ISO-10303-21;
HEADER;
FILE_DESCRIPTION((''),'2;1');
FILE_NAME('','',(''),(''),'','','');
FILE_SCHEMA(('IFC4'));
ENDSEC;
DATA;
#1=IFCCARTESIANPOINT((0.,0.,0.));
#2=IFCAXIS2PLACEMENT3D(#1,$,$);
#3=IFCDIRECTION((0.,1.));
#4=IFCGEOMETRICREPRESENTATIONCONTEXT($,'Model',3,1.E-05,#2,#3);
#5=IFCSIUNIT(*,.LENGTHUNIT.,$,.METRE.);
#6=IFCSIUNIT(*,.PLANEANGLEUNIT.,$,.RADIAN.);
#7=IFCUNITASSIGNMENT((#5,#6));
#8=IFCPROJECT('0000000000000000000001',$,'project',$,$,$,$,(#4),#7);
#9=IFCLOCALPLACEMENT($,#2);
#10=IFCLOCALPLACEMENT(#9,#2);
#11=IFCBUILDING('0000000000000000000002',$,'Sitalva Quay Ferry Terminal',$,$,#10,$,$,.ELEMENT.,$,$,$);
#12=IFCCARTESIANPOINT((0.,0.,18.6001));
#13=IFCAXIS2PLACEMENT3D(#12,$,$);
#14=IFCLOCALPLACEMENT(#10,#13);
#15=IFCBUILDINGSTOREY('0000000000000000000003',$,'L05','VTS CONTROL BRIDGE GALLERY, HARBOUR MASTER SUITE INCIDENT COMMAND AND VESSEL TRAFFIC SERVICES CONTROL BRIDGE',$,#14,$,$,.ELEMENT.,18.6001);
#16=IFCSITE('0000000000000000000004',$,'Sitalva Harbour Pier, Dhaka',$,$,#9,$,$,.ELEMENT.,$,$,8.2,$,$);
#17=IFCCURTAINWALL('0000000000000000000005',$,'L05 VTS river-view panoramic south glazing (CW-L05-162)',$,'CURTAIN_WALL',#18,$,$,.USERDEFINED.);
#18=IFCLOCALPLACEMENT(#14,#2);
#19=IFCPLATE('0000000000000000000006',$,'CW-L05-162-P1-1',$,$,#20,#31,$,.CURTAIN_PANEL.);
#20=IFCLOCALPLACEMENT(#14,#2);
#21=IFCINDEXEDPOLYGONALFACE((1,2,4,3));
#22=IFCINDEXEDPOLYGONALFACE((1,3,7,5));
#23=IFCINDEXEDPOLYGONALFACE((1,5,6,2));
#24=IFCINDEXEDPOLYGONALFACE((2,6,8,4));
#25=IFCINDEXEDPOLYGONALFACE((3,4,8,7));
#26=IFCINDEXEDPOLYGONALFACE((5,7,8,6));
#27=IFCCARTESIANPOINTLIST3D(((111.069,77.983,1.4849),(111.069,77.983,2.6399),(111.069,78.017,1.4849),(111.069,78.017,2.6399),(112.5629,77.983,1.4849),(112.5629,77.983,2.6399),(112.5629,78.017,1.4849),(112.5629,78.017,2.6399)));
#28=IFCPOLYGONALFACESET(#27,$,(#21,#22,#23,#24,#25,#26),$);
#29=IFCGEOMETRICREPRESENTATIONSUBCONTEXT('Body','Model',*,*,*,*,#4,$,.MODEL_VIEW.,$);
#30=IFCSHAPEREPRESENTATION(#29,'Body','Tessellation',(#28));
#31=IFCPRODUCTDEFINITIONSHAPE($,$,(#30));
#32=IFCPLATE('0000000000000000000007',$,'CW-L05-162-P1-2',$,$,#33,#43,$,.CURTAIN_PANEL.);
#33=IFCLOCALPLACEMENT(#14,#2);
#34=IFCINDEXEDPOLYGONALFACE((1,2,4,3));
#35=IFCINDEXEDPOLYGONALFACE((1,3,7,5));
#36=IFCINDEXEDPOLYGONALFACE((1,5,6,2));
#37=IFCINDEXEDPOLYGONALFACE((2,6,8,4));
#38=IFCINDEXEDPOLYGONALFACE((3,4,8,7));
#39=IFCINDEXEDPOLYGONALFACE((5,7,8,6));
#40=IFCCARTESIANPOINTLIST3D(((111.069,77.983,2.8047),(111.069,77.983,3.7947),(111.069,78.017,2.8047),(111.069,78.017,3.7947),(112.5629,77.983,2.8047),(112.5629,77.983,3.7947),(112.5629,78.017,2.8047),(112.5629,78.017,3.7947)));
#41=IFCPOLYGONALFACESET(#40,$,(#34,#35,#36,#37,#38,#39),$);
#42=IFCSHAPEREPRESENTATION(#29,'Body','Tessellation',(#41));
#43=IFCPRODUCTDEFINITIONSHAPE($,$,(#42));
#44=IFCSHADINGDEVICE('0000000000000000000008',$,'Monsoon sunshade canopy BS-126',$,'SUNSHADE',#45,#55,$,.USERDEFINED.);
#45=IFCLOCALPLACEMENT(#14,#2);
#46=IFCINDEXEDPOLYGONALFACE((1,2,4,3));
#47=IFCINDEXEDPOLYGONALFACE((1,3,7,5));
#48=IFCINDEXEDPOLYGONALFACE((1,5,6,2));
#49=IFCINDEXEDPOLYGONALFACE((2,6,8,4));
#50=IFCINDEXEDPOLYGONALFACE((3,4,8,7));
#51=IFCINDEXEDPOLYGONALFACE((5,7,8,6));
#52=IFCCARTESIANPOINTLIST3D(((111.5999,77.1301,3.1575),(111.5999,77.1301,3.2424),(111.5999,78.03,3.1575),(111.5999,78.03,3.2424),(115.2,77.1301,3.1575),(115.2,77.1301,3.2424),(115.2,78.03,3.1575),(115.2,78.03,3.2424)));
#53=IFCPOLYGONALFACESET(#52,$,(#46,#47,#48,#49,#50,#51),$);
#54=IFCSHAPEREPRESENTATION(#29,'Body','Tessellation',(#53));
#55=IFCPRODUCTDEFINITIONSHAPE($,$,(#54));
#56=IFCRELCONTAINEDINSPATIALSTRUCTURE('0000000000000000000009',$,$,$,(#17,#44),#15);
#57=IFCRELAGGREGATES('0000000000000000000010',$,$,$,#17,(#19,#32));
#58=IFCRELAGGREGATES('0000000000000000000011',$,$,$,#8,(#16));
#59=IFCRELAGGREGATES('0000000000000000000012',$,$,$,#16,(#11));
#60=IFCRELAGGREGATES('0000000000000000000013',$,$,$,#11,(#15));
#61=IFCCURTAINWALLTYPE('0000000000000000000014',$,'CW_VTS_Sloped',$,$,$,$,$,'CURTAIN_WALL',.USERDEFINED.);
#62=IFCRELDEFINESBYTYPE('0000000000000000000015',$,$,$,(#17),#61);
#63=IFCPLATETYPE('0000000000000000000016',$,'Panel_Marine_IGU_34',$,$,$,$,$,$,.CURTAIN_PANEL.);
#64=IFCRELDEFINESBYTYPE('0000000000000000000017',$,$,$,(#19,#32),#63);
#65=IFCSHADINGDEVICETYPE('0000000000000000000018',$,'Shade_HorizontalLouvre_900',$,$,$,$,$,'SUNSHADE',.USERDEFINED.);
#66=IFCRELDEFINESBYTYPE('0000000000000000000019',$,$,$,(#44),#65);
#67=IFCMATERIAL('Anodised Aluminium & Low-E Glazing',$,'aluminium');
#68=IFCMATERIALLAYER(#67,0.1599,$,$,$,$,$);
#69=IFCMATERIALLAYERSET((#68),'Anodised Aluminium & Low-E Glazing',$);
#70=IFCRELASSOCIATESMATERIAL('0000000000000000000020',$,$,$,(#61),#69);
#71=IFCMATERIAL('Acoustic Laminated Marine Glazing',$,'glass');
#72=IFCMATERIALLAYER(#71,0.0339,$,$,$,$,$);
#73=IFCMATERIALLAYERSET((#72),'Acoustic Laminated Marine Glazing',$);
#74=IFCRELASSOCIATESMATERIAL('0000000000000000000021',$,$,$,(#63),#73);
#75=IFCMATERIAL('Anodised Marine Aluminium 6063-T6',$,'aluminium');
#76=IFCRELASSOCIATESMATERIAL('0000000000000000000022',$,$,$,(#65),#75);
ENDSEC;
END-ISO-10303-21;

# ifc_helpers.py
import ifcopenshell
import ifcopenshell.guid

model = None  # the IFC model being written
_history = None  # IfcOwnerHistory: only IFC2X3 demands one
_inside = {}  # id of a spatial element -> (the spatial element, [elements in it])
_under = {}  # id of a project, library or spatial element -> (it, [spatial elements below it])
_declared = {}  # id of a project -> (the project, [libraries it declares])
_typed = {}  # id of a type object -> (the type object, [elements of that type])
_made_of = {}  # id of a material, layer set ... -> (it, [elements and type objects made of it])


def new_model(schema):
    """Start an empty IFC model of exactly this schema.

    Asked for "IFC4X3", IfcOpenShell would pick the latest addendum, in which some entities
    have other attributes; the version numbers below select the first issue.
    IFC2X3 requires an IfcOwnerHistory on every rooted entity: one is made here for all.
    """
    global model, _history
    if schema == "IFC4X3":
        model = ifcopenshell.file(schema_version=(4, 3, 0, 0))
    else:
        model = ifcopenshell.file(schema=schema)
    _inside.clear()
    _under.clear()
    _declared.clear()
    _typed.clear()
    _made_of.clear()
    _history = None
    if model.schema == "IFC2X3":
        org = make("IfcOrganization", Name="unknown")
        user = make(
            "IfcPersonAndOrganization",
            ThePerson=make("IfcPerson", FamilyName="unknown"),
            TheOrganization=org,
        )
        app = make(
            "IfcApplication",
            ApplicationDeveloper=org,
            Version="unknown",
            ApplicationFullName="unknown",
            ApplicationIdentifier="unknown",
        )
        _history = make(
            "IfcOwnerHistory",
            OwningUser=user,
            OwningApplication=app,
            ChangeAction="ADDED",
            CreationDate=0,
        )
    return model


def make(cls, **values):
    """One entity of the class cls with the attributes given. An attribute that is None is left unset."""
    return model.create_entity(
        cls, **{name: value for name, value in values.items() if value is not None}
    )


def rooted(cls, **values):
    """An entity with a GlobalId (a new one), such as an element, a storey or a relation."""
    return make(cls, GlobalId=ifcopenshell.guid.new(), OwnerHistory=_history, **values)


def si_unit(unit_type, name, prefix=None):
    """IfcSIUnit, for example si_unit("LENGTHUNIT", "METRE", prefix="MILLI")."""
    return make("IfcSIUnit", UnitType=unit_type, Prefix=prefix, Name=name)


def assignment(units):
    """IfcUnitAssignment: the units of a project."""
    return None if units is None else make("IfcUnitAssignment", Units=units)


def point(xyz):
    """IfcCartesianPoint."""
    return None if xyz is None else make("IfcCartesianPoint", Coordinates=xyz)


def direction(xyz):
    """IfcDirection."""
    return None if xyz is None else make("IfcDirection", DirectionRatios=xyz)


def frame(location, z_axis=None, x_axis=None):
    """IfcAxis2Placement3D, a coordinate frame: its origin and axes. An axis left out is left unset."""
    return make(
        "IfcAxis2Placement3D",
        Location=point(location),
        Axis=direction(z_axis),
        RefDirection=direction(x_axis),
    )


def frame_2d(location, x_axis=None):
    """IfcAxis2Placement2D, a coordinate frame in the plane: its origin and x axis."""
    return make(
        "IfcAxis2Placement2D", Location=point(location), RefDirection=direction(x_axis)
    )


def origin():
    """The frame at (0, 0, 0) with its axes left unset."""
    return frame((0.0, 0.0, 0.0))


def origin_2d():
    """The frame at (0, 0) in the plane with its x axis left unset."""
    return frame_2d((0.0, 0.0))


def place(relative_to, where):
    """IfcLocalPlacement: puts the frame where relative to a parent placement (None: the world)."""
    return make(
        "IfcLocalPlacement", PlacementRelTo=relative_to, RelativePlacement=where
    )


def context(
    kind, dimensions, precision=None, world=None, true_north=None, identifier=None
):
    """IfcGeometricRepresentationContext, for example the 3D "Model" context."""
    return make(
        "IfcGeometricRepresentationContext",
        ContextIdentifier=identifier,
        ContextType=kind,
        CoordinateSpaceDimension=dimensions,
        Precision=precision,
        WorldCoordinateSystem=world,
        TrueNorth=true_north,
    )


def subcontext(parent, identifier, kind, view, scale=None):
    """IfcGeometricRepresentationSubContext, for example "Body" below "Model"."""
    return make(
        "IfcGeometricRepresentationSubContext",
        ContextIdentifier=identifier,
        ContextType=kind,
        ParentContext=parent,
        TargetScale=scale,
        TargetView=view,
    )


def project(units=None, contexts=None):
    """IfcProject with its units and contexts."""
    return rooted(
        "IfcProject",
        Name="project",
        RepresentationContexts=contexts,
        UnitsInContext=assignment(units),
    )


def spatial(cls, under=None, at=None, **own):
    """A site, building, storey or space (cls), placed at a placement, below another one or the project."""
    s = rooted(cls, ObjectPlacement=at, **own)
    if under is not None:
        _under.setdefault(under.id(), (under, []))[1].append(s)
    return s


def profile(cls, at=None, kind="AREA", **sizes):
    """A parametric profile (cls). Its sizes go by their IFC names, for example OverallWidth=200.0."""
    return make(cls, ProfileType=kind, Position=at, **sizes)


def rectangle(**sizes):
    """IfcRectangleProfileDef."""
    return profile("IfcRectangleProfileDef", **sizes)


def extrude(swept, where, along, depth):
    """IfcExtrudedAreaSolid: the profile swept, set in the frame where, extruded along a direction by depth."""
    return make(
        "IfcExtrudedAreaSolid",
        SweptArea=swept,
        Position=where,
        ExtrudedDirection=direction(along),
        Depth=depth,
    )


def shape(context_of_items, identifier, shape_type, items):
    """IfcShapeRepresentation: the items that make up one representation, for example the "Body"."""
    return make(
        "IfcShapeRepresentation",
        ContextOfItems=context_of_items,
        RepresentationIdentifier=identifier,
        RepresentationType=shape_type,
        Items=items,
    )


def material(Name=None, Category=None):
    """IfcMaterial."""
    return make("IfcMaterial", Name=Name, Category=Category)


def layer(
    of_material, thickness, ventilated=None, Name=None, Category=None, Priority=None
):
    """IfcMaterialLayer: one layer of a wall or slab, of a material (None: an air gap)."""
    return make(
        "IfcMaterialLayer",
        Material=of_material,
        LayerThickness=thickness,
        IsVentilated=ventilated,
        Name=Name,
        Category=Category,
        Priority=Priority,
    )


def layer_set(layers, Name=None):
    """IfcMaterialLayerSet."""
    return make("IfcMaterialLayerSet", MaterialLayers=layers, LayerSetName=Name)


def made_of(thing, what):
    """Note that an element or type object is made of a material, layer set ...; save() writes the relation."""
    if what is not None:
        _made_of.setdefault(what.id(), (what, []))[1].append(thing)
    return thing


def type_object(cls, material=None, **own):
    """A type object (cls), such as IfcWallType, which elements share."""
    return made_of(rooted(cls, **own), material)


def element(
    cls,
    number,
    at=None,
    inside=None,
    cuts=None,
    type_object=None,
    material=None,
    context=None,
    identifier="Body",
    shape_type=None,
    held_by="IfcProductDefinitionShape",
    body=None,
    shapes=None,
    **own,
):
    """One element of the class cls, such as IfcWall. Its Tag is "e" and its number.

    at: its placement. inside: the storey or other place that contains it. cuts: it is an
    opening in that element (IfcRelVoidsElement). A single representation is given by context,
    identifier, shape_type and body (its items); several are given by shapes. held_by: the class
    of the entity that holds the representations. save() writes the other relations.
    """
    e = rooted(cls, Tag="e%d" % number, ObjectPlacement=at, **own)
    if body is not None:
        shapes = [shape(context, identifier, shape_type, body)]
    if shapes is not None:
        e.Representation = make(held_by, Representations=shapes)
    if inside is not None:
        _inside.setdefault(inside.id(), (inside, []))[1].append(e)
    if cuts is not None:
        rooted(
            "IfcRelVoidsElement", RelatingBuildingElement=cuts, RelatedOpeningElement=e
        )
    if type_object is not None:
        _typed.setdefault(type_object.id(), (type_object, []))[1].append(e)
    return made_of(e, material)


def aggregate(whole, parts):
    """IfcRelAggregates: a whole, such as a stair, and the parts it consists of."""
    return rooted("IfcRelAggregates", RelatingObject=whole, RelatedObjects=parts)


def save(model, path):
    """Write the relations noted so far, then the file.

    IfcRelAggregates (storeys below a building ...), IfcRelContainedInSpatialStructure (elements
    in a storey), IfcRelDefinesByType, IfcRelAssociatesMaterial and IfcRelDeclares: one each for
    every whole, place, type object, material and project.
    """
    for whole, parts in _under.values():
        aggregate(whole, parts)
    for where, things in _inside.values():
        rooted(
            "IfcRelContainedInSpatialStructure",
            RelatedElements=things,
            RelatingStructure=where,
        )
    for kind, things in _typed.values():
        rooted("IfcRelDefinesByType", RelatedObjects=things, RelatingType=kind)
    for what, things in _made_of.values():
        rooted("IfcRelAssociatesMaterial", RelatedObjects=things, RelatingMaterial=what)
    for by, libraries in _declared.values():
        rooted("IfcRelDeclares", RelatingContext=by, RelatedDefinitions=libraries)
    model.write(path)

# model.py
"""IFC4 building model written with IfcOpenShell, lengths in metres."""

from ifc_helpers import new_model, si_unit, direction, frame, origin, origin_2d, place, context, subcontext, project, spatial, rectangle, extrude, material, layer, layer_set, type_object, element, aggregate, save


model = new_model("IFC4")

# Units and contexts
model_context = context("Model", 3, precision=1e-05, world=origin(), true_north=direction((0.0, 1.0)))
body_context = subcontext(model_context, "Body", "Model", "MODEL_VIEW")
ifc_project = project(units=[si_unit("LENGTHUNIT", "METRE"), si_unit("PLANEANGLEUNIT", "RADIAN")], contexts=[model_context])

# Site, building, storey
site_placement = place(None, origin())
site = spatial("IfcSite", under=ifc_project, at=site_placement, Name="Sitalva Harbour Pier, Dhaka", CompositionType="ELEMENT", RefElevation=8.2)
building_placement = place(site_placement, origin())
building = spatial("IfcBuilding", under=site, at=building_placement, Name="Sitalva Quay Ferry Terminal", CompositionType="ELEMENT")
storey_placement = place(building_placement, frame((0.0, 0.0, 18.6001)))
storey = spatial("IfcBuildingStorey", under=building, at=storey_placement, Name="L05", Description="VTS CONTROL BRIDGE GALLERY, HARBOUR MASTER SUITE INCIDENT COMMAND AND VESSEL TRAFFIC SERVICES CONTROL BRIDGE", CompositionType="ELEMENT", Elevation=18.6001)

# Shared definitions
ifc_material_1 = material(Name="Anodised Aluminium & Low-E Glazing", Category="aluminium")
ifc_layer_1 = layer(ifc_material_1, 0.1599)
ifc_layer_set_1 = layer_set([ifc_layer_1], Name="Anodised Aluminium & Low-E Glazing")
curtain_wall_type = type_object("IfcCurtainWallType", Name="CW_VTS_Sloped", ElementType="CURTAIN_WALL", PredefinedType="USERDEFINED", material=ifc_layer_set_1)

# Curtain wall, plates
curtain_wall_1_placement = place(storey_placement, origin())
curtain_wall_1 = element("IfcCurtainWall", 1, at=curtain_wall_1_placement, inside=storey, type_object=curtain_wall_type, Name="L05 VTS river-view panoramic south glazing (CW-L05-162)", ObjectType="CURTAIN_WALL", PredefinedType="USERDEFINED")
ifc_material_2 = material(Name="Acoustic Laminated Marine Glazing", Category="glass")
ifc_layer_2 = layer(ifc_material_2, 0.0339)
ifc_layer_set_2 = layer_set([ifc_layer_2], Name="Acoustic Laminated Marine Glazing")
plate_type = type_object("IfcPlateType", Name="Panel_Marine_IGU_34", PredefinedType="CURTAIN_PANEL", material=ifc_layer_set_2)
plate_1_placement = place(storey_placement, frame((111.8159, 78.0, 1.4849), z_axis=(0.0, 0.0, 1.0), x_axis=(1.0, 0.0, 0.0)))
plate_1 = element("IfcPlate", 2, at=plate_1_placement, type_object=plate_type, Name="CW-L05-162-P1-1", PredefinedType="CURTAIN_PANEL", context=body_context, shape_type="SweptSolid", body=[
    extrude(rectangle(XDim=1.4939, YDim=0.0339, at=origin_2d()), origin(), (0.0, 0.0, 1.0), 1.155),
])
plate_2_placement = place(storey_placement, frame((111.8159, 78.0, 2.8047), z_axis=(0.0, 0.0, 1.0), x_axis=(1.0, 0.0, 0.0)))
plate_2 = element("IfcPlate", 3, at=plate_2_placement, type_object=plate_type, Name="CW-L05-162-P1-2", PredefinedType="CURTAIN_PANEL", context=body_context, shape_type="SweptSolid", body=[
    extrude(rectangle(XDim=1.4939, YDim=0.0339, at=origin_2d()), origin(), (0.0, 0.0, 1.0), 0.99),
])
aggregate(curtain_wall_1, [plate_1, plate_2])

# Shading device
ifc_material_3 = material(Name="Anodised Marine Aluminium 6063-T6", Category="aluminium")
shading_device_type = type_object("IfcShadingDeviceType", Name="Shade_HorizontalLouvre_900", ElementType="SUNSHADE", PredefinedType="USERDEFINED", material=ifc_material_3)
shading_device_placement = place(storey_placement, frame((113.3999, 77.5801, 3.1575), z_axis=(0.0, 0.0, 1.0), x_axis=(1.0, 0.0, 0.0)))
element("IfcShadingDevice", 4, at=shading_device_placement, inside=storey, type_object=shading_device_type, Name="Monsoon sunshade canopy BS-126", ObjectType="SUNSHADE", PredefinedType="USERDEFINED", context=body_context, shape_type="SweptSolid", body=[
    extrude(rectangle(XDim=3.6001, YDim=0.8999, at=origin_2d()), origin(), (0.0, 0.0, 1.0), 0.085),
])

save(model, "model.ifc")
